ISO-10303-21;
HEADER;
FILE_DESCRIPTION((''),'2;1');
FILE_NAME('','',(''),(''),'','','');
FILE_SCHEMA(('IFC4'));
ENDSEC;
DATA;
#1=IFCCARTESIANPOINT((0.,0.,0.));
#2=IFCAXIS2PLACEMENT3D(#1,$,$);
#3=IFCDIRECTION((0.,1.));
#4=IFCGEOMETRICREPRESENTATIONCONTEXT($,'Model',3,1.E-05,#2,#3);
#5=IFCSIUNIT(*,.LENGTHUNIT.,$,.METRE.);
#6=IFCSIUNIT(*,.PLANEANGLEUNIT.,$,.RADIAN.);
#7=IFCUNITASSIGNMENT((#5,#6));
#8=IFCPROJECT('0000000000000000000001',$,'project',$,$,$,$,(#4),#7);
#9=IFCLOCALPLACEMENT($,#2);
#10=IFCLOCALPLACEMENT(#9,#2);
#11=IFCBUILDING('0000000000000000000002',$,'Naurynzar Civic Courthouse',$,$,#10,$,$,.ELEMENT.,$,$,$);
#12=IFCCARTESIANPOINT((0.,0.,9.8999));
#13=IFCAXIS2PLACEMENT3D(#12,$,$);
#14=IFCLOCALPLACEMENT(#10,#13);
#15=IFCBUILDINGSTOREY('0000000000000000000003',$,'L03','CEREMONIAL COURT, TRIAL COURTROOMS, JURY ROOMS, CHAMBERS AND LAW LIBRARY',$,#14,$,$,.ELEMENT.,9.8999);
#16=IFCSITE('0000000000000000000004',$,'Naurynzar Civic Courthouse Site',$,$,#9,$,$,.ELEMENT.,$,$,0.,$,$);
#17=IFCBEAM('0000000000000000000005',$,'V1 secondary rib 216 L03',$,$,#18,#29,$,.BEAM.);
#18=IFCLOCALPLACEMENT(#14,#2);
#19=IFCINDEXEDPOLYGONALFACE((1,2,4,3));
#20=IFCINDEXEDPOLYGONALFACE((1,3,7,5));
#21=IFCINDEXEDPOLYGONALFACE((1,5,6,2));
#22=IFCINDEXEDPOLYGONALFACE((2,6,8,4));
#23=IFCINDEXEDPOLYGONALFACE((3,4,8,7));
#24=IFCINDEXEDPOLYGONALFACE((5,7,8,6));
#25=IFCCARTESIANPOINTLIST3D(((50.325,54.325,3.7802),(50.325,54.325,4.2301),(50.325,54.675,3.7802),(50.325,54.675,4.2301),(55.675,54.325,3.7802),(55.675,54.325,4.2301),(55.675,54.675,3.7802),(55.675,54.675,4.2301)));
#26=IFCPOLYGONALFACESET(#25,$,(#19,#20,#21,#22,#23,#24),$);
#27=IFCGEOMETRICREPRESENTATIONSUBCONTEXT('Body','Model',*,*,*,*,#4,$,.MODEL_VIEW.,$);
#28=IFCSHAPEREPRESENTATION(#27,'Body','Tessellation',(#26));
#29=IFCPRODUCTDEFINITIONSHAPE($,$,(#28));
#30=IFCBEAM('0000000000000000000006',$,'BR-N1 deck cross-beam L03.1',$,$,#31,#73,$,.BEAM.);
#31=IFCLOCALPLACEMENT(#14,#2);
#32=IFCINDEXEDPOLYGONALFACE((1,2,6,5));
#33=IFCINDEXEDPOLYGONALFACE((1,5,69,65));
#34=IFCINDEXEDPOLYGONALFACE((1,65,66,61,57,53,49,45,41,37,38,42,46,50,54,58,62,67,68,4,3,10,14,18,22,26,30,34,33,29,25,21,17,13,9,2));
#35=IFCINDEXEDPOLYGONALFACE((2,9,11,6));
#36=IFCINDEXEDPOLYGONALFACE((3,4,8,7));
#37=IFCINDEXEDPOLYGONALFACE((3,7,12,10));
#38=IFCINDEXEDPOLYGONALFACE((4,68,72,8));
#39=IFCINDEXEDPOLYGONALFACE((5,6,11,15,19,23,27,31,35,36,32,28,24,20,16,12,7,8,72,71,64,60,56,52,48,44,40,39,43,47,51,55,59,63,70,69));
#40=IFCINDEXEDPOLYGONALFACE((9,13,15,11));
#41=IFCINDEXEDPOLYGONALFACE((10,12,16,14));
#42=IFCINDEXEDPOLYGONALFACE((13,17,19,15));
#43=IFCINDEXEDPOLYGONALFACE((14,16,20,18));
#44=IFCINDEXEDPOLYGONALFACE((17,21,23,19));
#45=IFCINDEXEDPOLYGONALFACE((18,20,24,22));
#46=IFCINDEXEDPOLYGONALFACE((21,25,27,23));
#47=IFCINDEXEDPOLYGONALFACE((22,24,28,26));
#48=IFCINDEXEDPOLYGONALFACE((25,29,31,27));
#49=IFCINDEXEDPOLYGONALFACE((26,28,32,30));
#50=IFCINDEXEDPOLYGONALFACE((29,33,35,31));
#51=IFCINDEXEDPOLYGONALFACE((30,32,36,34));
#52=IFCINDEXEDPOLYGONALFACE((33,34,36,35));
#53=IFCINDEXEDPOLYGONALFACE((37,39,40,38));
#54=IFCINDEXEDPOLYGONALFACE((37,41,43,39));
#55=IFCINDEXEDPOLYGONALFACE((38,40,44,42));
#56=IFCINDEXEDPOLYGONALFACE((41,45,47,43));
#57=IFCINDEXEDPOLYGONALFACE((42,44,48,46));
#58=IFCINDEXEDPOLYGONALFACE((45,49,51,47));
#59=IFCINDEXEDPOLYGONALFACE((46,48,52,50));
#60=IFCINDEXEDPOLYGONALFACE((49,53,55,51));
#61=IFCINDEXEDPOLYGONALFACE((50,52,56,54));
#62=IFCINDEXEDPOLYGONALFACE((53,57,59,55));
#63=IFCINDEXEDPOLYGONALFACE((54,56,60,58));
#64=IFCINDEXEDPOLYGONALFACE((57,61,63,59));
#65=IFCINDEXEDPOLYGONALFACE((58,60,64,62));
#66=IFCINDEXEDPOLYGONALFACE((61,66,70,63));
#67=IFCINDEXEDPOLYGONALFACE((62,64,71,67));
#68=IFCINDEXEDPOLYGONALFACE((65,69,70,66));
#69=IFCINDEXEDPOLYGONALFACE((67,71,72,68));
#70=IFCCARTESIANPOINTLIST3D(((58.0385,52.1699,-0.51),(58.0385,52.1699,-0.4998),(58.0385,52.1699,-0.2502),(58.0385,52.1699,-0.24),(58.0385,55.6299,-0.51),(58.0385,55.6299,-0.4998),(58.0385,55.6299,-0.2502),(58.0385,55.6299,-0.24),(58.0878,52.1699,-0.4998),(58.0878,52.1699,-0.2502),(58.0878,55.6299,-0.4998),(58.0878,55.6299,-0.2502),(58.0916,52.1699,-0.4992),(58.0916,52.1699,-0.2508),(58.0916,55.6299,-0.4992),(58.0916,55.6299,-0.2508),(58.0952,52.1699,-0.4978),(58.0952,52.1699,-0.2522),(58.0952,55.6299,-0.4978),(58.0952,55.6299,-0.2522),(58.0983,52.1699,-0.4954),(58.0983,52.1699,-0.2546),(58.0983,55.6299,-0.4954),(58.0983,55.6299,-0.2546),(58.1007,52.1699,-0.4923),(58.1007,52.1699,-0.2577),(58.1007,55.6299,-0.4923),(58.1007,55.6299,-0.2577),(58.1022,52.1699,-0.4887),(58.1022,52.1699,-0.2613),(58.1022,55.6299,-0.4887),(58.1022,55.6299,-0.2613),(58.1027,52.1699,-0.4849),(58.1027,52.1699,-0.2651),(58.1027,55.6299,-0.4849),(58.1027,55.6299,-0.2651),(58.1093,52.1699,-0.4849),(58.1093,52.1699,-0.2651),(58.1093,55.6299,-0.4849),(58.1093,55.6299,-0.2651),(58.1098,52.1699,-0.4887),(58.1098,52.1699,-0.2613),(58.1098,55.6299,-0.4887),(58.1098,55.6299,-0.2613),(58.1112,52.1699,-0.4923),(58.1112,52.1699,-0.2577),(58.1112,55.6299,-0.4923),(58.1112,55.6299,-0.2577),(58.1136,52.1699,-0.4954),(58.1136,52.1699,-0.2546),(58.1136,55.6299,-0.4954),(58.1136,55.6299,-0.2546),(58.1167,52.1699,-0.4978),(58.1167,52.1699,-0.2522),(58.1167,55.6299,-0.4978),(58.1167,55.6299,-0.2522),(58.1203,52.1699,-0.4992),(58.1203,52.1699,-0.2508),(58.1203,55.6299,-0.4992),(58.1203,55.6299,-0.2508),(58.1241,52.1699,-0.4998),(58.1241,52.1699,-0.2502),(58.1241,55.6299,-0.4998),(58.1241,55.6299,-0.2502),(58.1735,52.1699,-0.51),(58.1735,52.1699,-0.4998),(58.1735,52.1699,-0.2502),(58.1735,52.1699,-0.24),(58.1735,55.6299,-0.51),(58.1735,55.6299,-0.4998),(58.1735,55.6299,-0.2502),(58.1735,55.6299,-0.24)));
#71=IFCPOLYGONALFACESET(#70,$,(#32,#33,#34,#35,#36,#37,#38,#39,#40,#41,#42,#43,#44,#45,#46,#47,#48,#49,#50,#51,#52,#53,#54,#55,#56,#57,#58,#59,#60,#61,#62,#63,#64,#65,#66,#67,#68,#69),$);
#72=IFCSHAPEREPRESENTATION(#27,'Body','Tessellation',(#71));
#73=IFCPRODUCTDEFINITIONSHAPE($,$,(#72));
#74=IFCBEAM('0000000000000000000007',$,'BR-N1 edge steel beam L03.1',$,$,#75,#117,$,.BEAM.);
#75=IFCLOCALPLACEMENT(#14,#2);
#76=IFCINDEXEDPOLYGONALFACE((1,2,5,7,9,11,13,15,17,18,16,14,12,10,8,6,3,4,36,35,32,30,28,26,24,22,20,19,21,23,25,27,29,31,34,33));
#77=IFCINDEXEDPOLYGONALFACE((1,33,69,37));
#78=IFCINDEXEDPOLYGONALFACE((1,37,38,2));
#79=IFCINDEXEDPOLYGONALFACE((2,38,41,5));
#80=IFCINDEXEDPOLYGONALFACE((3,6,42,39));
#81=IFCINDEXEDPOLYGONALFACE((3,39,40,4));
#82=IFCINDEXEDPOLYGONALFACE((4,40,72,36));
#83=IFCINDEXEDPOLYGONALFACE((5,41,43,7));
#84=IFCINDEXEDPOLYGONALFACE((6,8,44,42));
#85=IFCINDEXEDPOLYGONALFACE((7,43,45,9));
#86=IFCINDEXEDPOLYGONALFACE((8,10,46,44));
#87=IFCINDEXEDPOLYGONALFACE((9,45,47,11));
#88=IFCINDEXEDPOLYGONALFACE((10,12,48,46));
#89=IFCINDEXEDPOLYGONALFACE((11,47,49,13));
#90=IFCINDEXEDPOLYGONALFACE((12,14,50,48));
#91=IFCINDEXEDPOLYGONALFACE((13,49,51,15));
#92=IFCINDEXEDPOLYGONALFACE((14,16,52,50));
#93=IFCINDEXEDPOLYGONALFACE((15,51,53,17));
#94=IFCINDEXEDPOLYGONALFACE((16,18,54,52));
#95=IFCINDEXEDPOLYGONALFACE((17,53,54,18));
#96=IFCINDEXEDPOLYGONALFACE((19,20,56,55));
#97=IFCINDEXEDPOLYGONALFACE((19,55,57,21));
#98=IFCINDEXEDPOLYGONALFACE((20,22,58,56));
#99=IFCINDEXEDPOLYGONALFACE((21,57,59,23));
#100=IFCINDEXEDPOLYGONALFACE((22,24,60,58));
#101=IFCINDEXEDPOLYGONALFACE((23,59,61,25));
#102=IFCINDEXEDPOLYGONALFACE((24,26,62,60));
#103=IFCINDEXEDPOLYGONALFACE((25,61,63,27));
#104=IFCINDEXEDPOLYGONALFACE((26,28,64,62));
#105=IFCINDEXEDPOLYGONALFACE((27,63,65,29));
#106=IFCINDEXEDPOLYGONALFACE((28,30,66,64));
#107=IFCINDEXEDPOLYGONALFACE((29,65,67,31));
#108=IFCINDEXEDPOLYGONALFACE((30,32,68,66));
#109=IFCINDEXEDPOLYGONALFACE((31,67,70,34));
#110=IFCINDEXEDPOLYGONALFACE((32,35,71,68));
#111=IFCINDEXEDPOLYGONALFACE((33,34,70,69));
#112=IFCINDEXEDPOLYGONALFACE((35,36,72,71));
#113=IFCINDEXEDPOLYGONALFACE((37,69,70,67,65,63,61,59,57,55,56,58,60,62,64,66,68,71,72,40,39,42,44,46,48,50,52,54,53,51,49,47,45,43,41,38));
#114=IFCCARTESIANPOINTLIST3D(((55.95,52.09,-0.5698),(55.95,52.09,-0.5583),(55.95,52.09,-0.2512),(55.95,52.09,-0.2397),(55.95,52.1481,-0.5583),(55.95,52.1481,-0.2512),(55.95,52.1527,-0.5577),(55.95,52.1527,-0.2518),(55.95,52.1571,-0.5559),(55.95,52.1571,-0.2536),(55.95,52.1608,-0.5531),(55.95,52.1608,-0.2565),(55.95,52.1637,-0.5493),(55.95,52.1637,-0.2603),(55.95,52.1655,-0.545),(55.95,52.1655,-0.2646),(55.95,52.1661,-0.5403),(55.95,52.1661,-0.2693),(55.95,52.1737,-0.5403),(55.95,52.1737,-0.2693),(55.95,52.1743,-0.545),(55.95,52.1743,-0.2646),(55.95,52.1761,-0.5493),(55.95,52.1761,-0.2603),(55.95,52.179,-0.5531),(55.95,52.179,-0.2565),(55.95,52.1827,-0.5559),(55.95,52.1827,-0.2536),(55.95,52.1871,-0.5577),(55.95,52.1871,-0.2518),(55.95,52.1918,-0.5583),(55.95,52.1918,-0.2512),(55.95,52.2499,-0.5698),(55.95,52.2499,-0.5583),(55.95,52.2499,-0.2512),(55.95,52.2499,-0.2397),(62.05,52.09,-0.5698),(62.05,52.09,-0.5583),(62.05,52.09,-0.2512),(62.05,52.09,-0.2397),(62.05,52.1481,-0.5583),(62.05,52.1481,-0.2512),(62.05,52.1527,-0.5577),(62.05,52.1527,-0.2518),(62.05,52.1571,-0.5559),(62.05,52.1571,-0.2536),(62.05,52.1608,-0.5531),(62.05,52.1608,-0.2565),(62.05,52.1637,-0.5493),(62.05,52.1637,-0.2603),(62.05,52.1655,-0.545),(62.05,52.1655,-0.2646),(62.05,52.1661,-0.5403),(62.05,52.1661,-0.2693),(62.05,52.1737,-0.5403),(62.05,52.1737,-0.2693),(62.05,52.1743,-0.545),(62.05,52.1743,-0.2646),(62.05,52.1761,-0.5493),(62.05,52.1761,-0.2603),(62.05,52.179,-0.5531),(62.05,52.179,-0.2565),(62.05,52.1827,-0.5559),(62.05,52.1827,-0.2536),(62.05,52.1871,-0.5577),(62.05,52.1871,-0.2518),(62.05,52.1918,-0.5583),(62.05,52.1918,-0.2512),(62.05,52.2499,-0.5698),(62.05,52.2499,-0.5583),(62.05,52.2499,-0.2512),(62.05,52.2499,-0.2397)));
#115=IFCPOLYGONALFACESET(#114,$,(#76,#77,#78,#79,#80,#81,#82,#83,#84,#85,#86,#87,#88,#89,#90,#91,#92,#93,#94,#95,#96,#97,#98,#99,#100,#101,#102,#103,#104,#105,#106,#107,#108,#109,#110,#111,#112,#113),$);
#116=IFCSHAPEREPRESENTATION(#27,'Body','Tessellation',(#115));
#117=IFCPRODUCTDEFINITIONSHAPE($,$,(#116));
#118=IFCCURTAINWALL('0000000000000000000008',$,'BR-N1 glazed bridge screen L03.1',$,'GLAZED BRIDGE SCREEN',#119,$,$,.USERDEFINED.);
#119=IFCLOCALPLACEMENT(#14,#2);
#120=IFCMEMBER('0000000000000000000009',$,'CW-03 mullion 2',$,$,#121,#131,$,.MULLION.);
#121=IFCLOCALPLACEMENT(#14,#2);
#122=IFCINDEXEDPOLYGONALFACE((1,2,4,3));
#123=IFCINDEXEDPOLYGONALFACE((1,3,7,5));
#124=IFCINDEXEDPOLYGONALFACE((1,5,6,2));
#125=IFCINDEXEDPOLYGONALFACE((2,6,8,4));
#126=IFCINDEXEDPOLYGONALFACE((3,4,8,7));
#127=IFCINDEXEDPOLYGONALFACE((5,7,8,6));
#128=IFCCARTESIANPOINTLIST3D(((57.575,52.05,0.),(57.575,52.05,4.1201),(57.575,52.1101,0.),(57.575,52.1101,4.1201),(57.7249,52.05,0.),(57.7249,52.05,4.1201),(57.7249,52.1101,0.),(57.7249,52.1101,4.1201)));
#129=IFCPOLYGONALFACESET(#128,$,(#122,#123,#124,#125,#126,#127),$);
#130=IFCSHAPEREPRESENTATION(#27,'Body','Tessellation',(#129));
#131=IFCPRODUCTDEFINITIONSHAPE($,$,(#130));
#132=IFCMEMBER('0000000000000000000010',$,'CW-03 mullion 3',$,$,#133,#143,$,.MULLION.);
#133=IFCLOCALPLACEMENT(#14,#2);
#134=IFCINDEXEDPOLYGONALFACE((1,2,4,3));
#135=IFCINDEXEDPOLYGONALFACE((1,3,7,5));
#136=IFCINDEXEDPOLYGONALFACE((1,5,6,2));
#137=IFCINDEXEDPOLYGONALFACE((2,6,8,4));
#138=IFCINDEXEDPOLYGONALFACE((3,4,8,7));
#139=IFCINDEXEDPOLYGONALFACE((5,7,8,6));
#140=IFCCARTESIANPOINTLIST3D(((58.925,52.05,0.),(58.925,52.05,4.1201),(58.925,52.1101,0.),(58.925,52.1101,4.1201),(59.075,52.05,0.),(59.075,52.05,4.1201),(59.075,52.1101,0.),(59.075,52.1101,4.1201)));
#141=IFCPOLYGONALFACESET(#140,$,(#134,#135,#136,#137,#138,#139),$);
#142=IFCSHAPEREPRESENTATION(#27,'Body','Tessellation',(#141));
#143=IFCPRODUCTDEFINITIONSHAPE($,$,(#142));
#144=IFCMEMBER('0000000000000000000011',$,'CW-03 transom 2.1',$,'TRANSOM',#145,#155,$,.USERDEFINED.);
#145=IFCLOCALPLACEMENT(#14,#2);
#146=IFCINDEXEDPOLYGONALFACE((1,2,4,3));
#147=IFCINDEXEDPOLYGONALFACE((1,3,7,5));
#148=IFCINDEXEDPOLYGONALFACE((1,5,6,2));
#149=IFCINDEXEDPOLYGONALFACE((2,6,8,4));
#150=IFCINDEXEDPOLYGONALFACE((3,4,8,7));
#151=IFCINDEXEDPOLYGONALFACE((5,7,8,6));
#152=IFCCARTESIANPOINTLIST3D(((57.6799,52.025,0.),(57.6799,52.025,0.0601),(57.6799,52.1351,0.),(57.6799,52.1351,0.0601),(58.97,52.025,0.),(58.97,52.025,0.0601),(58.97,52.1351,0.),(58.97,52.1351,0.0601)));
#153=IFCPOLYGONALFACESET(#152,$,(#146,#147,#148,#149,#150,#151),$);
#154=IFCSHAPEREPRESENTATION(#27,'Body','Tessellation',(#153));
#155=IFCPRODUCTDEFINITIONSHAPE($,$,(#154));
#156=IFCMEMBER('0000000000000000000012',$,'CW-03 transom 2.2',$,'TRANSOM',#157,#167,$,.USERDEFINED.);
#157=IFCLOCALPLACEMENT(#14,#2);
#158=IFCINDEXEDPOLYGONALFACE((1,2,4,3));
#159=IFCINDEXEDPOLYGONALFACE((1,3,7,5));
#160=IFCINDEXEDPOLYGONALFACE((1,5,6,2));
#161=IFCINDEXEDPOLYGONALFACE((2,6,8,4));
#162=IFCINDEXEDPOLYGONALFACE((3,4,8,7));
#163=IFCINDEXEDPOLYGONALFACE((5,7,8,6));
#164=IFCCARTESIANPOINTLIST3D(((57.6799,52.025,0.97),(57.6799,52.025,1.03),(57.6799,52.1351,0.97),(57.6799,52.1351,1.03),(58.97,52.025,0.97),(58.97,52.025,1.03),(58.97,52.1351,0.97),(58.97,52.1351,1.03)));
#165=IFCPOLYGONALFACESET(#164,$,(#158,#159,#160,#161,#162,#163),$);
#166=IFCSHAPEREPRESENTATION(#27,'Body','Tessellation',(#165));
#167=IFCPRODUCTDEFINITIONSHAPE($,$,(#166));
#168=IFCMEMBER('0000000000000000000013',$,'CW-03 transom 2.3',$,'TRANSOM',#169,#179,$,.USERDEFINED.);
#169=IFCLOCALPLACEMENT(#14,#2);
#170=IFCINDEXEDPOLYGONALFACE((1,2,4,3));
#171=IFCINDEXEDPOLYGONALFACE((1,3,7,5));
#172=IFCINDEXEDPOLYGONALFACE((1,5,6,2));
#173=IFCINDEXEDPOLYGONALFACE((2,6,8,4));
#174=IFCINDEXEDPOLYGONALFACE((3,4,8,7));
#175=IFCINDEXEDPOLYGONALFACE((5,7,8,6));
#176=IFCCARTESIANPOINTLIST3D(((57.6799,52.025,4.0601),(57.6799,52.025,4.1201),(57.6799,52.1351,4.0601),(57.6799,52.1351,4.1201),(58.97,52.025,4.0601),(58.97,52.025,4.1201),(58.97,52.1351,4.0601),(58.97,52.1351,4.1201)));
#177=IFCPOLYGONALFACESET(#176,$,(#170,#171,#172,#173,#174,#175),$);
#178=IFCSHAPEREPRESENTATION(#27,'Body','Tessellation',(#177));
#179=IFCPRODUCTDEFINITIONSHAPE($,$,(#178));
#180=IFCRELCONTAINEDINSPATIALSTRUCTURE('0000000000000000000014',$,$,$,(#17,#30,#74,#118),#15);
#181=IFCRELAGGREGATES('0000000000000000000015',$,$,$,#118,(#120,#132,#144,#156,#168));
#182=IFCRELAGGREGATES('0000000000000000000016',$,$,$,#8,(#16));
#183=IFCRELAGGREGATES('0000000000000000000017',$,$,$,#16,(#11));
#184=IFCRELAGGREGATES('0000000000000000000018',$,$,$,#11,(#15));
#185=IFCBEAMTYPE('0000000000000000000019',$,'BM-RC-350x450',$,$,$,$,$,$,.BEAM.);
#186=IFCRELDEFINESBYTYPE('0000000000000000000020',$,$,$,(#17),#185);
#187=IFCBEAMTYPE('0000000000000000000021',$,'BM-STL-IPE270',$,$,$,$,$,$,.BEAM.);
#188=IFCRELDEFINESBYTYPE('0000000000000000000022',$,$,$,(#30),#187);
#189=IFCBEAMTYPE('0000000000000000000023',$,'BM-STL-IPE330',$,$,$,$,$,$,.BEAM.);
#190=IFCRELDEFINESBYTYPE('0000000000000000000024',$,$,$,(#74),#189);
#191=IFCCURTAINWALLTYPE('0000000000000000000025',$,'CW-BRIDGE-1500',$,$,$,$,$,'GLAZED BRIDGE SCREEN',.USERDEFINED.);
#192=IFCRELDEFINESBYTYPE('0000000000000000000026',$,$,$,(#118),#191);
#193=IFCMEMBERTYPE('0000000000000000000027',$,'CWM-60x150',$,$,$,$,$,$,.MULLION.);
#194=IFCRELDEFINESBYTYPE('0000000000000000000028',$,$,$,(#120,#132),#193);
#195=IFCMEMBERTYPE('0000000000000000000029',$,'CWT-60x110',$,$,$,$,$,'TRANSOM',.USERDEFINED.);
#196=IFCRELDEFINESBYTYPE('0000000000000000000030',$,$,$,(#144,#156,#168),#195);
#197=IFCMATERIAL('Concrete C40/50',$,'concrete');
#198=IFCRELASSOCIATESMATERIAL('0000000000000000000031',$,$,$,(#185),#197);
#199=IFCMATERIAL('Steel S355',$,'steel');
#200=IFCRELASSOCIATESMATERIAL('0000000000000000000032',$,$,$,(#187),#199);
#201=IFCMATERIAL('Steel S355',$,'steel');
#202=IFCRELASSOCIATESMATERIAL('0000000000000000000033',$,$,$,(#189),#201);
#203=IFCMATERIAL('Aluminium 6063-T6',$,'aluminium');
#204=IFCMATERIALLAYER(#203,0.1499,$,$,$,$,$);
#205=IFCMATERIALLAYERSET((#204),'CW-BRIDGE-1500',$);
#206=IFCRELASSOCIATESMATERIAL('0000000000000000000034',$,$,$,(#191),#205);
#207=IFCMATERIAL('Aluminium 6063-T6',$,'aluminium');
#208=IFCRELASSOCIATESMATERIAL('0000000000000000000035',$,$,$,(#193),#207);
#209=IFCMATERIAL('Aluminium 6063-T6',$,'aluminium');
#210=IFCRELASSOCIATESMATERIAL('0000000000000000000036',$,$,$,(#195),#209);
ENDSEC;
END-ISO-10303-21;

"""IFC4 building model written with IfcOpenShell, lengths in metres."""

from ifc_helpers import new_model, si_unit, direction, frame, origin, origin_2d, place, context, subcontext, project, spatial, rectangle, i_section, extrude, material, layer, layer_set, material_profile, profile_set, type_object, element, aggregate, save


model = new_model("IFC4")

# Units and contexts
model_context = context("Model", 3, precision=1e-05, world=origin(), true_north=direction((0.0, 1.0)))
body_context = subcontext(model_context, "Body", "Model", "MODEL_VIEW")
ifc_project = project(units=[si_unit("LENGTHUNIT", "METRE"), si_unit("PLANEANGLEUNIT", "RADIAN")], contexts=[model_context])

# Site, building, storey
site_placement = place(None, origin())
site = spatial("IfcSite", under=ifc_project, at=site_placement, Name="Naurynzar Civic Courthouse Site", CompositionType="ELEMENT", RefElevation=0.0)
building_placement = place(site_placement, origin())
building = spatial("IfcBuilding", under=site, at=building_placement, Name="Naurynzar Civic Courthouse", CompositionType="ELEMENT")
storey_placement = place(building_placement, frame((0.0, 0.0, 9.8999)))
storey = spatial("IfcBuildingStorey", under=building, at=storey_placement, Name="L03", Description="CEREMONIAL COURT, TRIAL COURTROOMS, JURY ROOMS, CHAMBERS AND LAW LIBRARY", CompositionType="ELEMENT", Elevation=9.8999)

# Beams
ifc_material_1 = material(Name="Concrete C40/50", Category="concrete")
ifc_material_profile_1 = material_profile(ifc_material_1, rectangle(XDim=0.3501, YDim=0.45, at=origin_2d()), Name="RCB 350x450")
ifc_profile_set_1 = profile_set([ifc_material_profile_1], Name="Concrete C40/50")
beam_type_1 = type_object("IfcBeamType", Name="BM-RC-350x450", PredefinedType="BEAM", material=ifc_profile_set_1)
beam_1_placement = place(storey_placement, frame((50.325, 54.5, 4.0051), z_axis=(1.0, 0.0, 0.0), x_axis=(0.0, 1.0, 0.0)))
element("IfcBeam", 1, at=beam_1_placement, inside=storey, type_object=beam_type_1, Name="V1 secondary rib 216 L03", PredefinedType="BEAM", context=body_context, shape_type="SweptSolid", body=[
    extrude(rectangle(XDim=0.3501, YDim=0.45, at=origin_2d()), origin(), (0.0, 0.0, 1.0), 5.3501),
])
ifc_material_2 = material(Name="Steel S355", Category="steel")
ifc_material_profile_2 = material_profile(ifc_material_2, i_section(OverallWidth=0.135, OverallDepth=0.27, WebThickness=0.0066, FlangeThickness=0.0103, FilletRadius=0.0149, at=origin_2d()), Name="IPE 270")
ifc_profile_set_2 = profile_set([ifc_material_profile_2], Name="Steel S355")
beam_type_2 = type_object("IfcBeamType", Name="BM-STL-IPE270", PredefinedType="BEAM", material=ifc_profile_set_2)
beam_2_placement = place(storey_placement, frame((58.106, 52.1699, -0.375), z_axis=(0.0, 1.0, 0.0), x_axis=(-1.0, 0.0, 0.0)))
element("IfcBeam", 2, at=beam_2_placement, inside=storey, type_object=beam_type_2, Name="BR-N1 deck cross-beam L03.1", PredefinedType="BEAM", context=body_context, shape_type="SweptSolid", body=[
    extrude(i_section(OverallWidth=0.135, OverallDepth=0.27, WebThickness=0.0066, FlangeThickness=0.0103, FilletRadius=0.0149, at=origin_2d()), origin(), (0.0, 0.0, 1.0), 3.46),
])
ifc_material_3 = material(Name="Steel S355", Category="steel")
ifc_material_profile_3 = material_profile(ifc_material_3, i_section(OverallWidth=0.1599, OverallDepth=0.3301, WebThickness=0.0076, FlangeThickness=0.0115, FilletRadius=0.0181, at=origin_2d()), Name="IPE 330")
ifc_profile_set_3 = profile_set([ifc_material_profile_3], Name="Steel S355")
beam_type_3 = type_object("IfcBeamType", Name="BM-STL-IPE330", PredefinedType="BEAM", material=ifc_profile_set_3)
beam_3_placement = place(storey_placement, frame((55.95, 52.1699, -0.4048), z_axis=(1.0, 0.0, 0.0), x_axis=(0.0, 1.0, 0.0)))
element("IfcBeam", 3, at=beam_3_placement, inside=storey, type_object=beam_type_3, Name="BR-N1 edge steel beam L03.1", PredefinedType="BEAM", context=body_context, shape_type="SweptSolid", body=[
    extrude(i_section(OverallWidth=0.1599, OverallDepth=0.3301, WebThickness=0.0076, FlangeThickness=0.0115, FilletRadius=0.0181, at=origin_2d()), origin(), (0.0, 0.0, 1.0), 6.1001),
])

# Curtain wall, members
ifc_material_4 = material(Name="Aluminium 6063-T6", Category="aluminium")
ifc_layer_1 = layer(ifc_material_4, 0.1499)
ifc_layer_set_1 = layer_set([ifc_layer_1], Name="CW-BRIDGE-1500")
curtain_wall_type = type_object("IfcCurtainWallType", Name="CW-BRIDGE-1500", ElementType="GLAZED BRIDGE SCREEN", PredefinedType="USERDEFINED", material=ifc_layer_set_1)
curtain_wall_placement = place(storey_placement, origin())
curtain_wall = element("IfcCurtainWall", 4, at=curtain_wall_placement, inside=storey, type_object=curtain_wall_type, Name="BR-N1 glazed bridge screen L03.1", ObjectType="GLAZED BRIDGE SCREEN", PredefinedType="USERDEFINED")
ifc_material_5 = material(Name="Aluminium 6063-T6", Category="aluminium")
ifc_material_profile_4 = material_profile(ifc_material_5, rectangle(XDim=0.0601, YDim=0.1499, at=origin_2d()), Name="ALU MULLION 60x150")
ifc_profile_set_4 = profile_set([ifc_material_profile_4], Name="Aluminium 6063-T6")
member_type_1 = type_object("IfcMemberType", Name="CWM-60x150", PredefinedType="MULLION", material=ifc_profile_set_4)
member_1_placement = place(storey_placement, frame((57.6499, 52.0801, 0.0), z_axis=(0.0, 0.0, 1.0), x_axis=(0.0, 1.0, 0.0)))
member_1 = element("IfcMember", 5, at=member_1_placement, type_object=member_type_1, Name="CW-03 mullion 2", PredefinedType="MULLION", context=body_context, shape_type="SweptSolid", body=[
    extrude(rectangle(XDim=0.0601, YDim=0.1499, at=origin_2d()), origin(), (0.0, 0.0, 1.0), 4.1201),
])
member_2_placement = place(storey_placement, frame((59.0, 52.0801, 0.0), z_axis=(0.0, 0.0, 1.0), x_axis=(0.0, 1.0, 0.0)))
member_2 = element("IfcMember", 6, at=member_2_placement, type_object=member_type_1, Name="CW-03 mullion 3", PredefinedType="MULLION", context=body_context, shape_type="SweptSolid", body=[
    extrude(rectangle(XDim=0.0601, YDim=0.1499, at=origin_2d()), origin(), (0.0, 0.0, 1.0), 4.1201),
])
ifc_material_6 = material(Name="Aluminium 6063-T6", Category="aluminium")
ifc_material_profile_5 = material_profile(ifc_material_6, rectangle(XDim=0.1101, YDim=0.0601, at=origin_2d()), Name="ALU TRANSOM 60x110")
ifc_profile_set_5 = profile_set([ifc_material_profile_5], Name="Aluminium 6063-T6")
member_type_2 = type_object("IfcMemberType", Name="CWT-60x110", ElementType="TRANSOM", PredefinedType="USERDEFINED", material=ifc_profile_set_5)
member_3_placement = place(storey_placement, frame((57.6799, 52.0801, 0.03), z_axis=(1.0, 0.0, 0.0), x_axis=(0.0, 1.0, 0.0)))
member_3 = element("IfcMember", 7, at=member_3_placement, type_object=member_type_2, Name="CW-03 transom 2.1", ObjectType="TRANSOM", PredefinedType="USERDEFINED", context=body_context, shape_type="SweptSolid", body=[
    extrude(rectangle(XDim=0.1101, YDim=0.0601, at=origin_2d()), origin(), (0.0, 0.0, 1.0), 1.29),
])
member_4_placement = place(storey_placement, frame((57.6799, 52.0801, 1.0), z_axis=(1.0, 0.0, 0.0), x_axis=(0.0, 1.0, 0.0)))
member_4 = element("IfcMember", 8, at=member_4_placement, type_object=member_type_2, Name="CW-03 transom 2.2", ObjectType="TRANSOM", PredefinedType="USERDEFINED", context=body_context, shape_type="SweptSolid", body=[
    extrude(rectangle(XDim=0.1101, YDim=0.0601, at=origin_2d()), origin(), (0.0, 0.0, 1.0), 1.29),
])
member_5_placement = place(storey_placement, frame((57.6799, 52.0801, 4.0901), z_axis=(1.0, 0.0, 0.0), x_axis=(0.0, 1.0, 0.0)))
member_5 = element("IfcMember", 9, at=member_5_placement, type_object=member_type_2, Name="CW-03 transom 2.3", ObjectType="TRANSOM", PredefinedType="USERDEFINED", context=body_context, shape_type="SweptSolid", body=[
    extrude(rectangle(XDim=0.1101, YDim=0.0601, at=origin_2d()), origin(), (0.0, 0.0, 1.0), 1.29),
])

aggregate(curtain_wall, [member_1, member_2, member_3, member_4, member_5])

save(model, "model.ifc")
